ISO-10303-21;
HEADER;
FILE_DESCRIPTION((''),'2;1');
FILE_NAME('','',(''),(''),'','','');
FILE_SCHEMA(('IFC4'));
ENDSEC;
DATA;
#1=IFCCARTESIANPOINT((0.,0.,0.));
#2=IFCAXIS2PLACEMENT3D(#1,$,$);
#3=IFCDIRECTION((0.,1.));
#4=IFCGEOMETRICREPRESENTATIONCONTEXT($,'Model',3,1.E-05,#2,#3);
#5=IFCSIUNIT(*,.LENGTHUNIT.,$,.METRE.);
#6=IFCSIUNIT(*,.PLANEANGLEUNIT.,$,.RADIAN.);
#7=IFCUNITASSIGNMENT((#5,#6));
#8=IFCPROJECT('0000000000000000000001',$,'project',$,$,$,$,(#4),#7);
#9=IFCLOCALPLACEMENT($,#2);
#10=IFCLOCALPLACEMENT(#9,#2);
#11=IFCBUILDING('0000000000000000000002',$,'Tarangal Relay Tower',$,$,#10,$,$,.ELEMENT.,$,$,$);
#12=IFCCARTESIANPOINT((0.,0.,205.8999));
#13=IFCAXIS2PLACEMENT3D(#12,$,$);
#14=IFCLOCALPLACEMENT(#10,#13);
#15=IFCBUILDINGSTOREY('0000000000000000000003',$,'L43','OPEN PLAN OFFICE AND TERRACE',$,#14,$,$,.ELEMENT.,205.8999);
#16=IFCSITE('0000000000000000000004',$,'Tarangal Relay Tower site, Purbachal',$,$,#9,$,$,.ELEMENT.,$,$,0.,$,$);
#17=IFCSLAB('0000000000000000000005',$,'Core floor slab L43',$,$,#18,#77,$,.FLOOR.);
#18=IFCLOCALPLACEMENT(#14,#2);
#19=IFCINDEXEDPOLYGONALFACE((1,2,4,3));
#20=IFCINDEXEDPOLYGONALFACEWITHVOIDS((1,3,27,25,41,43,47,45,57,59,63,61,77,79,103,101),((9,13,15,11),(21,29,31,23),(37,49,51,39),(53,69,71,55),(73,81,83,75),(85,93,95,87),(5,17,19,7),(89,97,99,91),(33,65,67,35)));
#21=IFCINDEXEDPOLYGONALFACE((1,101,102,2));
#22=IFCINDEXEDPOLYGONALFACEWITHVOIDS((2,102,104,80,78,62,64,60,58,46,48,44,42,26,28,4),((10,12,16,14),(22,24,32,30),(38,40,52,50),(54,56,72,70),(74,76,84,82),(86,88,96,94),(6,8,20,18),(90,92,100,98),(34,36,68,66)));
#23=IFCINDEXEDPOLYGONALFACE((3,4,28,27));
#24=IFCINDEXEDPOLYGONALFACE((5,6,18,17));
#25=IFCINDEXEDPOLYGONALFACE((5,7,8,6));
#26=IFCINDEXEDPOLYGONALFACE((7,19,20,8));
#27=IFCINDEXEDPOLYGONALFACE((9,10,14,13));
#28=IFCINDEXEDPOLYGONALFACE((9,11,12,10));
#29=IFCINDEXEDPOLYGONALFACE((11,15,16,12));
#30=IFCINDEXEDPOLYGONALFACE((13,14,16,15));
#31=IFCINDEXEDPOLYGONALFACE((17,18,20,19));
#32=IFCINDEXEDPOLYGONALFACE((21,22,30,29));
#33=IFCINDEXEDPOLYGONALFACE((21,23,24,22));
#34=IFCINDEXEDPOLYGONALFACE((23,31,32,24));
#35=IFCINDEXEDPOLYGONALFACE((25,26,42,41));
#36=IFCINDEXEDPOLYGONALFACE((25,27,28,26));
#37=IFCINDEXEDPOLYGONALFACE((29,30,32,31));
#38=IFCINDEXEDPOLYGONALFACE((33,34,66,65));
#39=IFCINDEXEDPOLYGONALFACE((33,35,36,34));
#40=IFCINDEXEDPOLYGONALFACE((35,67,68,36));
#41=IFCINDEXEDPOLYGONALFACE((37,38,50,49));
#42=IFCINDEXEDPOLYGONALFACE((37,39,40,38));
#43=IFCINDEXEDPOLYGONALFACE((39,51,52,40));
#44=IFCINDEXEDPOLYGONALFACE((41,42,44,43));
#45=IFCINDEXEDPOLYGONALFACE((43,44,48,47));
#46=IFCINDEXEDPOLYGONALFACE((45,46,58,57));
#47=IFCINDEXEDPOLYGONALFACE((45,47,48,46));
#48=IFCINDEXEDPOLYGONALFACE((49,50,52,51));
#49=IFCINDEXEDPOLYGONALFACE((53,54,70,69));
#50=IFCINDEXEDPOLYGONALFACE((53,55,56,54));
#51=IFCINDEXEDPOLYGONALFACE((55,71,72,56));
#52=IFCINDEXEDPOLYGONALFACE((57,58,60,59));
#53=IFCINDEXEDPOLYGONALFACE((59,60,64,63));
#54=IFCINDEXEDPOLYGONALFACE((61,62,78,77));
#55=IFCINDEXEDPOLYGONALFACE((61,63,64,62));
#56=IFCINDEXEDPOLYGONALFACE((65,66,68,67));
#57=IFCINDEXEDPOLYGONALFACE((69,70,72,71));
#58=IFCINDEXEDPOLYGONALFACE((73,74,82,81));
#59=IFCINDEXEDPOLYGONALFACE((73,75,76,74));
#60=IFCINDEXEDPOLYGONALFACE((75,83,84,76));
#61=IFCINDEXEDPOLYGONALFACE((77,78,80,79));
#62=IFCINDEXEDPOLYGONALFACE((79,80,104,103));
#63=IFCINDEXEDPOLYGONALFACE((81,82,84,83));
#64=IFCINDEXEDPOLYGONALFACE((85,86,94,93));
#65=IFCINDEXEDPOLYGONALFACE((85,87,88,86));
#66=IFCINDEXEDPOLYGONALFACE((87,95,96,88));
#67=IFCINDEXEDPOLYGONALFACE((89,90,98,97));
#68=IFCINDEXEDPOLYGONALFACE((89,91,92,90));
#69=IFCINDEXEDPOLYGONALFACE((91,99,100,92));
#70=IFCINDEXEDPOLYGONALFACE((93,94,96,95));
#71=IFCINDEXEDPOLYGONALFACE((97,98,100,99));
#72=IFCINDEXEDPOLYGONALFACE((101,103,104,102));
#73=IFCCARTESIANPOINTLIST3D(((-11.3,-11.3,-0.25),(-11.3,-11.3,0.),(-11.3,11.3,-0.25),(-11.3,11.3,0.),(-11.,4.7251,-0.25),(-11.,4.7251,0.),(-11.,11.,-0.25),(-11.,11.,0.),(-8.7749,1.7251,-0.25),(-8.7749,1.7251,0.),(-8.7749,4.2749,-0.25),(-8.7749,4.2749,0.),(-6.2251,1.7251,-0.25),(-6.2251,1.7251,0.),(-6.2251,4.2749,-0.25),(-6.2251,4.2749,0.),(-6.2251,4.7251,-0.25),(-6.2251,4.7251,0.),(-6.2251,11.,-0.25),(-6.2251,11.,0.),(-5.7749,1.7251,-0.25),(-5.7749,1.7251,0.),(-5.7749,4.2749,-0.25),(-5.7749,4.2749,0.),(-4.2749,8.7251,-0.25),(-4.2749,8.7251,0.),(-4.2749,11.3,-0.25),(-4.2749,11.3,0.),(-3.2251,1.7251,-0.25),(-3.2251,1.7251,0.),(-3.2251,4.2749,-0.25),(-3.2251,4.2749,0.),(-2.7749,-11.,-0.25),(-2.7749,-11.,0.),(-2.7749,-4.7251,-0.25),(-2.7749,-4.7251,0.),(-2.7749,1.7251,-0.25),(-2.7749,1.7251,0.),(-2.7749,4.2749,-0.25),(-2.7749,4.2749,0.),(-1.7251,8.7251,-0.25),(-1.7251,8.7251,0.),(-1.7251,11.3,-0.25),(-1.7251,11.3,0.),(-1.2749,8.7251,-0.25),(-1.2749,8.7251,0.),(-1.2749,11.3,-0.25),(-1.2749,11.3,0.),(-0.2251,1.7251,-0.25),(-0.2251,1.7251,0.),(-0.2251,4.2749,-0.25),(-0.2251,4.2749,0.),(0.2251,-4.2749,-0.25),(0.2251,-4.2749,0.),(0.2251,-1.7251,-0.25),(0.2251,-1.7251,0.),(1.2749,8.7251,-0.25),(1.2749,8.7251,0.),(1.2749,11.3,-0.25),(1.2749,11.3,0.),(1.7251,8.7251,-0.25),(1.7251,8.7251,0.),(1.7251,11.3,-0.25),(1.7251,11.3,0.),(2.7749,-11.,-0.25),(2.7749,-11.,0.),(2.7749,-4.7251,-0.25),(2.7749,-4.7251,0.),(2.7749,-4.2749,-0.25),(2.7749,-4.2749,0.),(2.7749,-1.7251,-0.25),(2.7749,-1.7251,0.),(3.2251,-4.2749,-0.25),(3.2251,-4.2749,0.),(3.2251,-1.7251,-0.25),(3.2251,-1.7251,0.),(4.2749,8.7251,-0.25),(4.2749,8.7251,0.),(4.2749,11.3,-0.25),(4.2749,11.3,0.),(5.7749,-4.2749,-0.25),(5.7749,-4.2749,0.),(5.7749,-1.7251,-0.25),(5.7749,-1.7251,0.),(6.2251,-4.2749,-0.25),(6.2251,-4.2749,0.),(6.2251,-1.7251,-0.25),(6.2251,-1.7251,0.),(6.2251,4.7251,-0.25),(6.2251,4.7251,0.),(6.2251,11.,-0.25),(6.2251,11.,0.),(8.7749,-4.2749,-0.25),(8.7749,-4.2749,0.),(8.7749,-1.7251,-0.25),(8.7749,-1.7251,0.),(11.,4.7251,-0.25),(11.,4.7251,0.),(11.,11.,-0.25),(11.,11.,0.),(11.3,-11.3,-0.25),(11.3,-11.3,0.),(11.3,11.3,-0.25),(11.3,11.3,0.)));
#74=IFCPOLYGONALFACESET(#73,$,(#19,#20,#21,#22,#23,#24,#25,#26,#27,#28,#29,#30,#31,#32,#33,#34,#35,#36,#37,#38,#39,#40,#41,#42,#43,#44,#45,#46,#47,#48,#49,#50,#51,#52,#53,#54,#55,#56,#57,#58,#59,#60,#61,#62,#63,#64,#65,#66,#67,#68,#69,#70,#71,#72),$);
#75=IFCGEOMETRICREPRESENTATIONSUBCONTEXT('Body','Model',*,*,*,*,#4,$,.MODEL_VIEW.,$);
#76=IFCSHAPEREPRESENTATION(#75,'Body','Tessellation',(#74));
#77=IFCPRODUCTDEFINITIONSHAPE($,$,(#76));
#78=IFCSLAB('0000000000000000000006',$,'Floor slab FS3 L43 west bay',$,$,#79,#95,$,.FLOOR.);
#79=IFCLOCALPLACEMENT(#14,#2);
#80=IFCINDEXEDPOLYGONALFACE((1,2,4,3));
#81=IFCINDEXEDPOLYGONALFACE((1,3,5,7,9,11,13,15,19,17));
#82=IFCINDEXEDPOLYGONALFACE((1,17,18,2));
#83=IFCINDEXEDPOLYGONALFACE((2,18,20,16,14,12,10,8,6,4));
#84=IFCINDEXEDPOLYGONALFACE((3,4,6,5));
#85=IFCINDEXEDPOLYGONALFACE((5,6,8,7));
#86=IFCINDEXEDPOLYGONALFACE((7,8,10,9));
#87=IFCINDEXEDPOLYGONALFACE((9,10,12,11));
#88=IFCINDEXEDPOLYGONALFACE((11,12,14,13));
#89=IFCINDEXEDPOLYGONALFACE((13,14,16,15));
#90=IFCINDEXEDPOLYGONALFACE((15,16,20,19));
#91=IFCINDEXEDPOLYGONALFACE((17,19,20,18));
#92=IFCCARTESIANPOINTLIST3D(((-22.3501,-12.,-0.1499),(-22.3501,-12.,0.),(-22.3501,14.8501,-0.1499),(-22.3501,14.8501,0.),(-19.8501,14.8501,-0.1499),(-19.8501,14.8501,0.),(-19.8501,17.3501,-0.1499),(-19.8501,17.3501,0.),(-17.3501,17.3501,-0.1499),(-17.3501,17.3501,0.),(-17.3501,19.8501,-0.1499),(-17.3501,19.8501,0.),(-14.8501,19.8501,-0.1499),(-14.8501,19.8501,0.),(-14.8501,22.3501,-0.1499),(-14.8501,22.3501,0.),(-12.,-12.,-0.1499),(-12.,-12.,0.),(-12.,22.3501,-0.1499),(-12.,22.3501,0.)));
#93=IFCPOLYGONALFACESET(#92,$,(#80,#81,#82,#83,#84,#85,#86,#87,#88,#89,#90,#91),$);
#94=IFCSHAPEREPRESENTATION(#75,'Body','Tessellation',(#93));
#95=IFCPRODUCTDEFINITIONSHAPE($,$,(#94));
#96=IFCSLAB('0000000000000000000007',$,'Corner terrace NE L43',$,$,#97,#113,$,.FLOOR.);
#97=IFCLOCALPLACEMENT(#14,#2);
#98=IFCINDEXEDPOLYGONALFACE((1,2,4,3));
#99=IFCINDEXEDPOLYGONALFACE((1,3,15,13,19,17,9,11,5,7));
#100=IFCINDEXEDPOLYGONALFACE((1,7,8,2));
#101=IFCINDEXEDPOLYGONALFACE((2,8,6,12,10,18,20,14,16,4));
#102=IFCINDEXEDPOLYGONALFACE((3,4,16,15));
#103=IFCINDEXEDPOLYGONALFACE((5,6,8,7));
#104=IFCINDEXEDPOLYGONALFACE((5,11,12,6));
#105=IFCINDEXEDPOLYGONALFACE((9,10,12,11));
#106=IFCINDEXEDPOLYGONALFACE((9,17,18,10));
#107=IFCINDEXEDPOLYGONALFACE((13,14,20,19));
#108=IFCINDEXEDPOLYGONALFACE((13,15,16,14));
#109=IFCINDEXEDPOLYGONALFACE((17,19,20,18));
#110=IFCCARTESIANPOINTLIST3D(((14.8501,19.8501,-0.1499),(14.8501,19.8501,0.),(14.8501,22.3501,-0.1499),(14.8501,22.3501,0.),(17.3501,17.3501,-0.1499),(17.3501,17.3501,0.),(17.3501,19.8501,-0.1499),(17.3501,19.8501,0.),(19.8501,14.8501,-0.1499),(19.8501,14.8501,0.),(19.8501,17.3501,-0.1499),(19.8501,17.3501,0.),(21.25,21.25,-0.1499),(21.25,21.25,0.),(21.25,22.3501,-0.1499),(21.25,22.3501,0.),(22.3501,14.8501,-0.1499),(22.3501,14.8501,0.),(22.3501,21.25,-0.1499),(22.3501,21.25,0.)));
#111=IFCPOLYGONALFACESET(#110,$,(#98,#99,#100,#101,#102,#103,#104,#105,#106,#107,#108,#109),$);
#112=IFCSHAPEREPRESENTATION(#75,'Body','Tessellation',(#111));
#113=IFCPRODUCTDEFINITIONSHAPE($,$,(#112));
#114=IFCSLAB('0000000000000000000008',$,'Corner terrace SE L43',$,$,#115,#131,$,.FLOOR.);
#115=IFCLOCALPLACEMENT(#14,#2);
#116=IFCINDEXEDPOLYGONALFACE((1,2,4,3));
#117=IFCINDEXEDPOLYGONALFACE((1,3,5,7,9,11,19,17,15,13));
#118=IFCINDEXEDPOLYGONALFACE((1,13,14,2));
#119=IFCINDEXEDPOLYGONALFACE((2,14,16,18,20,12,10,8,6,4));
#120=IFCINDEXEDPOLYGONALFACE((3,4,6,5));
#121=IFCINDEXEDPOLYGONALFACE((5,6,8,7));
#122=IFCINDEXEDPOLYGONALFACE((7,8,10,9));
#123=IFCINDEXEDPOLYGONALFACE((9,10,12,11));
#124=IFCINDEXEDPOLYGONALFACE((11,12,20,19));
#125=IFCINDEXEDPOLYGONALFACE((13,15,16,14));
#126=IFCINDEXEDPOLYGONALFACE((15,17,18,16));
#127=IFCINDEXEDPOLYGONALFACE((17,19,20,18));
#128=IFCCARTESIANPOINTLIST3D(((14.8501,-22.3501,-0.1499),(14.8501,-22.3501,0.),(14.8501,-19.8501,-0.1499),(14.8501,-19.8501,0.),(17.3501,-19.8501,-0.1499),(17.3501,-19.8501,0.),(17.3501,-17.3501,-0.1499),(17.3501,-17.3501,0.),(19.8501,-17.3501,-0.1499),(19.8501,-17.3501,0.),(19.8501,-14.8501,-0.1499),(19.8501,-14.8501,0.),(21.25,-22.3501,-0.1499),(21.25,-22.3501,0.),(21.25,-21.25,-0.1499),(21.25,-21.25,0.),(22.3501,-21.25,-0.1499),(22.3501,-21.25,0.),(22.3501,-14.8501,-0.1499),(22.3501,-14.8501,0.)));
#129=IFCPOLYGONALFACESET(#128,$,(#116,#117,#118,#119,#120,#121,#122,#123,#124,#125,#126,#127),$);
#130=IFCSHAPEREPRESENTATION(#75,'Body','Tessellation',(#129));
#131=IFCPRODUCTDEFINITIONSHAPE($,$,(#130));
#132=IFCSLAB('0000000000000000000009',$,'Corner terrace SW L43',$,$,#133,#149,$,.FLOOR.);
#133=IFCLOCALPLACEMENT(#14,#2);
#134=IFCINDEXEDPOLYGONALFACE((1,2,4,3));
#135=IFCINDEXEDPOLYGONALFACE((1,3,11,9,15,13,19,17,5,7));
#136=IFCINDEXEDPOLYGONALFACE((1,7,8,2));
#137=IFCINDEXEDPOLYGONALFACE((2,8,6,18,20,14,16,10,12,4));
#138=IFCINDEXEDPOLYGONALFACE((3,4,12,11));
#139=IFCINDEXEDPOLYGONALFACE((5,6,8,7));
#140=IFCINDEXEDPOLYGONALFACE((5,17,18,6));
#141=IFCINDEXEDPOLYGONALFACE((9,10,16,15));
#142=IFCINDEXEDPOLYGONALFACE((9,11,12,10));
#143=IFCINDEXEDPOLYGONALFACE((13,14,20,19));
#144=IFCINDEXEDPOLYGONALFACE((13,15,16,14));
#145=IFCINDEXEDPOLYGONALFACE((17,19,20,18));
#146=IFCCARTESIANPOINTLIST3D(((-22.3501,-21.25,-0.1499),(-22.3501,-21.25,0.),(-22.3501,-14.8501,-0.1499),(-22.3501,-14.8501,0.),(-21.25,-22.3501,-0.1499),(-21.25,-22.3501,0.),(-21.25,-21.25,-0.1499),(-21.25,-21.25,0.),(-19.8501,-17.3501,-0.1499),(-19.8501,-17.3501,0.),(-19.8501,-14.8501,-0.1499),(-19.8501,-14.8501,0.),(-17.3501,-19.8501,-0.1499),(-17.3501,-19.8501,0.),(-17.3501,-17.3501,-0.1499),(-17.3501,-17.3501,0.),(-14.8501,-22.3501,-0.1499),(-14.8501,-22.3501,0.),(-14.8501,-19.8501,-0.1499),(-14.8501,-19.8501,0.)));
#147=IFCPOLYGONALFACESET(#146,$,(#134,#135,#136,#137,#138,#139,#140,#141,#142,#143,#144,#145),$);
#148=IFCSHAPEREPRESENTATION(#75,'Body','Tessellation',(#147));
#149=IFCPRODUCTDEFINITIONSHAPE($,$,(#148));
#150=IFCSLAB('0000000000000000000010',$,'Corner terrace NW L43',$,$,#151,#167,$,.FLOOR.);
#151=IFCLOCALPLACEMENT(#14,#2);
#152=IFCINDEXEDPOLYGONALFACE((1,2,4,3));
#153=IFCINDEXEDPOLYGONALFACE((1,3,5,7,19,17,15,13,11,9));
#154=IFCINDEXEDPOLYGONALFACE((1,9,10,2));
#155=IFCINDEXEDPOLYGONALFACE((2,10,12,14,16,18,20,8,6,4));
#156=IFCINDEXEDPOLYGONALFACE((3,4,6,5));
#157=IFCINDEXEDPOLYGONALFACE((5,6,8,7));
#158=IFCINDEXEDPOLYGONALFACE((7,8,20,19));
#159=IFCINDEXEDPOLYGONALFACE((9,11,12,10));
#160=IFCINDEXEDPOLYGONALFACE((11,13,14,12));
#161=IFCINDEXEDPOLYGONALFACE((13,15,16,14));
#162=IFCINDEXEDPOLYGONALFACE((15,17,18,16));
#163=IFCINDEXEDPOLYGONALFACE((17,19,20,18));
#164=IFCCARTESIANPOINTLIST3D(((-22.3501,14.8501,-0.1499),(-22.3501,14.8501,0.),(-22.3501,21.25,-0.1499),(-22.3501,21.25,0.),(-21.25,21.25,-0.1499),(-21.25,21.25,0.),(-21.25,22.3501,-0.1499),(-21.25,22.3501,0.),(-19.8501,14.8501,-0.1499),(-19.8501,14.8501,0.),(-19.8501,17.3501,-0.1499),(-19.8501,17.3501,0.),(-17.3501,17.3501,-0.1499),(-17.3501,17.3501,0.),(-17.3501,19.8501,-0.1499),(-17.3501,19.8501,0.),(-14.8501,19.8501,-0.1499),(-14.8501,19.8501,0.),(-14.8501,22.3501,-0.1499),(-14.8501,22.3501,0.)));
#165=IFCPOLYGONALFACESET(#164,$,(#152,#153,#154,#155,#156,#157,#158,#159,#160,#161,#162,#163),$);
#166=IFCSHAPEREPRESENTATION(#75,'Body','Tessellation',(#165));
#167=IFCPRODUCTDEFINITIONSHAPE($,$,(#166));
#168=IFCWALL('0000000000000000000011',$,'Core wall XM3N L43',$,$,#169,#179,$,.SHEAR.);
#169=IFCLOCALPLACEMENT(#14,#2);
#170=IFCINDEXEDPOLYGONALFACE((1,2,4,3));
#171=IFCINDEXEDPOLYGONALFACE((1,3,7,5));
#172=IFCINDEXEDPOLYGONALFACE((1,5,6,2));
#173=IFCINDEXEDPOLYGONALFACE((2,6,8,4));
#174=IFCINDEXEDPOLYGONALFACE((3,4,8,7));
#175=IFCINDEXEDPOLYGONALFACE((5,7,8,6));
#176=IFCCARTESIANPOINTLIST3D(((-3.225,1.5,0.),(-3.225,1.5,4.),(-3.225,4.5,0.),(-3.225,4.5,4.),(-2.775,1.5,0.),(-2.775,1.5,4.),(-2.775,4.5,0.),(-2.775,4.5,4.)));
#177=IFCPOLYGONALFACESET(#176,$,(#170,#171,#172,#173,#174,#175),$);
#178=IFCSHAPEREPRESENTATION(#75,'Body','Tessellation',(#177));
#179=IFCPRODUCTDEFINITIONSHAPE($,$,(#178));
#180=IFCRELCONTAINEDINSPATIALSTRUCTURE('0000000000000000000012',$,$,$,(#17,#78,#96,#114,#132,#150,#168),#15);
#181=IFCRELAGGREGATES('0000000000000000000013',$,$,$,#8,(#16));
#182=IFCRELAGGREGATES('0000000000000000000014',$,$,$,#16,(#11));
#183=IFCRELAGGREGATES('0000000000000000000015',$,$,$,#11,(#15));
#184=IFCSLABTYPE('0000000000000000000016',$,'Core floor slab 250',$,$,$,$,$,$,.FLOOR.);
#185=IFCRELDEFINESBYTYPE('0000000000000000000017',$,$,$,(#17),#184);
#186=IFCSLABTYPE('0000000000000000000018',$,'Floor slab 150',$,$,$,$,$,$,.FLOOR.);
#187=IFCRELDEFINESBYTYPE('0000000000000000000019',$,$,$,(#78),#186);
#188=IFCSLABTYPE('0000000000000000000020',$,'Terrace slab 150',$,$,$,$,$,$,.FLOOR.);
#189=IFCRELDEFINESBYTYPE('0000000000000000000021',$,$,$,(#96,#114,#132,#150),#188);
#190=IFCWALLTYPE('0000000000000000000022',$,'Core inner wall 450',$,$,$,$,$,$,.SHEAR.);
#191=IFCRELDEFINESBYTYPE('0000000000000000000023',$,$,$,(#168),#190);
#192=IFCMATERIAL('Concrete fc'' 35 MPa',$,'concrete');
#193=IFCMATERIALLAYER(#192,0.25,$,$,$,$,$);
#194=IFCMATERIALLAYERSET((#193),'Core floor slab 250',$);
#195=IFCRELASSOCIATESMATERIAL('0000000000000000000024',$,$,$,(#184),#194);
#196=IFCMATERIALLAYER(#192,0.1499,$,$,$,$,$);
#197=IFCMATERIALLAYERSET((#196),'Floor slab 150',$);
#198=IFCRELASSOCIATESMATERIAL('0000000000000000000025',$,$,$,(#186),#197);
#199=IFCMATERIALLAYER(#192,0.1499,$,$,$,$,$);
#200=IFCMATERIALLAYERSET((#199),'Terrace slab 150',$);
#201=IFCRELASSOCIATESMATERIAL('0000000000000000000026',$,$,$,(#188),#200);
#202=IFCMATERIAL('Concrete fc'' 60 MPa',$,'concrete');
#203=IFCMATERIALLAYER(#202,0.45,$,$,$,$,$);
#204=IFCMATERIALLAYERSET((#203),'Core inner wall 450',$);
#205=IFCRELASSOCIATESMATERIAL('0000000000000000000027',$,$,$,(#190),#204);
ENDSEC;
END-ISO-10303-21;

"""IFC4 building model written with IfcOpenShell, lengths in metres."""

from ifc_helpers import new_model, si_unit, direction, frame, frame_2d, origin, place, context, subcontext, project, spatial, polyline, rectangle, outline, extrude, material, layer, layer_set, type_object, element, save


model = new_model("IFC4")

# Units and contexts
model_context = context("Model", 3, precision=1e-05, world=origin(), true_north=direction((0.0, 1.0)))
body_context = subcontext(model_context, "Body", "Model", "MODEL_VIEW")
ifc_project = project(units=[si_unit("LENGTHUNIT", "METRE"), si_unit("PLANEANGLEUNIT", "RADIAN")], contexts=[model_context])

# Site, building, storey
site_placement = place(None, origin())
site = spatial("IfcSite", under=ifc_project, at=site_placement, Name="Tarangal Relay Tower site, Purbachal", CompositionType="ELEMENT", RefElevation=0.0)
building_placement = place(site_placement, origin())
building = spatial("IfcBuilding", under=site, at=building_placement, Name="Tarangal Relay Tower", CompositionType="ELEMENT")
storey_placement = place(building_placement, frame((0.0, 0.0, 205.8999)))
storey = spatial("IfcBuildingStorey", under=building, at=storey_placement, Name="L43", Description="OPEN PLAN OFFICE AND TERRACE", CompositionType="ELEMENT", Elevation=205.8999)

# Slabs
ifc_material_1 = material(Name="Concrete fc' 35 MPa", Category="concrete")
ifc_layer_1 = layer(ifc_material_1, 0.25)
ifc_layer_set_1 = layer_set([ifc_layer_1], Name="Core floor slab 250")
slab_type_1 = type_object("IfcSlabType", Name="Core floor slab 250", PredefinedType="FLOOR", material=ifc_layer_set_1)
slab_1_placement = place(storey_placement, frame((0.0, 0.0, -0.25)))
element("IfcSlab", 1, at=slab_1_placement, inside=storey, type_object=slab_type_1, Name="Core floor slab L43", PredefinedType="FLOOR", context=body_context, shape_type="SweptSolid", body=[
    extrude(outline(polyline([(11.3, 11.3), (11.3, -11.3), (-11.3, -11.3), (-11.3, 11.3), (-4.2749, 11.3), (-4.2749, 8.7251), (-1.7251, 8.7251), (-1.7251, 11.3), (-1.2749, 11.3), (-1.2749, 8.7251), (1.2749, 8.7251), (1.2749, 11.3), (1.7251, 11.3), (1.7251, 8.7251), (4.2749, 8.7251), (4.2749, 11.3), (11.3, 11.3)]), holes=[polyline([(-6.2251, 4.2749), (-8.7749, 4.2749), (-8.7749, 1.7251), (-6.2251, 1.7251), (-6.2251, 4.2749)]), polyline([(-3.2251, 1.7251), (-3.2251, 4.2749), (-5.7749, 4.2749), (-5.7749, 1.7251), (-3.2251, 1.7251)]), polyline([(-0.2251, 1.7251), (-0.2251, 4.2749), (-2.7749, 4.2749), (-2.7749, 1.7251), (-0.2251, 1.7251)]), polyline([(-6.2251, 11.0), (-11.0, 11.0), (-11.0, 4.7251), (-6.2251, 4.7251), (-6.2251, 11.0)]), polyline([(2.7749, -4.7251), (-2.7749, -4.7251), (-2.7749, -11.0), (2.7749, -11.0), (2.7749, -4.7251)]), polyline([(2.7749, -4.2749), (2.7749, -1.7251), (0.2251, -1.7251), (0.2251, -4.2749), (2.7749, -4.2749)]), polyline([(5.7749, -4.2749), (5.7749, -1.7251), (3.2251, -1.7251), (3.2251, -4.2749), (5.7749, -4.2749)]), polyline([(8.7749, -1.7251), (6.2251, -1.7251), (6.2251, -4.2749), (8.7749, -4.2749), (8.7749, -1.7251)]), polyline([(11.0, 4.7251), (11.0, 11.0), (6.2251, 11.0), (6.2251, 4.7251), (11.0, 4.7251)])]), origin(), (0.0, 0.0, 1.0), 0.25),
])
ifc_layer_2 = layer(ifc_material_1, 0.1499)
ifc_layer_set_2 = layer_set([ifc_layer_2], Name="Floor slab 150")
slab_type_2 = type_object("IfcSlabType", Name="Floor slab 150", PredefinedType="FLOOR", material=ifc_layer_set_2)
slab_2_placement = place(storey_placement, frame((0.0, 0.0, -0.1499)))
element("IfcSlab", 2, at=slab_2_placement, inside=storey, type_object=slab_type_2, Name="Floor slab FS3 L43 west bay", PredefinedType="FLOOR", context=body_context, shape_type="SweptSolid", body=[
    extrude(outline(polyline([(-12.0, 22.3501), (-12.0, -12.0), (-22.3501, -12.0), (-22.3501, 14.8501), (-19.8501, 14.8501), (-19.8501, 17.3501), (-17.3501, 17.3501), (-17.3501, 19.8501), (-14.8501, 19.8501), (-14.8501, 22.3501), (-12.0, 22.3501)])), origin(), (0.0, 0.0, 1.0), 0.1499),
])
ifc_layer_3 = layer(ifc_material_1, 0.1499)
ifc_layer_set_3 = layer_set([ifc_layer_3], Name="Terrace slab 150")
slab_type_3 = type_object("IfcSlabType", Name="Terrace slab 150", PredefinedType="FLOOR", material=ifc_layer_set_3)
slab_3_placement = place(storey_placement, frame((0.0, 0.0, -0.1499)))
element("IfcSlab", 3, at=slab_3_placement, inside=storey, type_object=slab_type_3, Name="Corner terrace NE L43", PredefinedType="FLOOR", context=body_context, shape_type="SweptSolid", body=[
    extrude(outline(polyline([(14.8501, 22.3501), (14.8501, 19.8501), (17.3501, 19.8501), (17.3501, 17.3501), (19.8501, 17.3501), (19.8501, 14.8501), (22.3501, 14.8501), (22.3501, 21.25), (21.25, 21.25), (21.25, 22.3501), (14.8501, 22.3501)])), origin(), (0.0, 0.0, 1.0), 0.1499),
])
slab_4_placement = place(storey_placement, frame((0.0, 0.0, -0.1499)))
element("IfcSlab", 4, at=slab_4_placement, inside=storey, type_object=slab_type_3, Name="Corner terrace SE L43", PredefinedType="FLOOR", context=body_context, shape_type="SweptSolid", body=[
    extrude(outline(polyline([(22.3501, -14.8501), (19.8501, -14.8501), (19.8501, -17.3501), (17.3501, -17.3501), (17.3501, -19.8501), (14.8501, -19.8501), (14.8501, -22.3501), (21.25, -22.3501), (21.25, -21.25), (22.3501, -21.25), (22.3501, -14.8501)])), origin(), (0.0, 0.0, 1.0), 0.1499),
])
slab_5_placement = place(storey_placement, frame((0.0, 0.0, -0.1499)))
element("IfcSlab", 5, at=slab_5_placement, inside=storey, type_object=slab_type_3, Name="Corner terrace SW L43", PredefinedType="FLOOR", context=body_context, shape_type="SweptSolid", body=[
    extrude(outline(polyline([(-14.8501, -22.3501), (-14.8501, -19.8501), (-17.3501, -19.8501), (-17.3501, -17.3501), (-19.8501, -17.3501), (-19.8501, -14.8501), (-22.3501, -14.8501), (-22.3501, -21.25), (-21.25, -21.25), (-21.25, -22.3501), (-14.8501, -22.3501)])), origin(), (0.0, 0.0, 1.0), 0.1499),
])
slab_6_placement = place(storey_placement, frame((0.0, 0.0, -0.1499)))
element("IfcSlab", 6, at=slab_6_placement, inside=storey, type_object=slab_type_3, Name="Corner terrace NW L43", PredefinedType="FLOOR", context=body_context, shape_type="SweptSolid", body=[
    extrude(outline(polyline([(-22.3501, 14.8501), (-19.8501, 14.8501), (-19.8501, 17.3501), (-17.3501, 17.3501), (-17.3501, 19.8501), (-14.8501, 19.8501), (-14.8501, 22.3501), (-21.25, 22.3501), (-21.25, 21.25), (-22.3501, 21.25), (-22.3501, 14.8501)])), origin(), (0.0, 0.0, 1.0), 0.1499),
])

# Shared definitions
ifc_material_2 = material(Name="Concrete fc' 60 MPa", Category="concrete")
ifc_layer_4 = layer(ifc_material_2, 0.45)
ifc_layer_set_4 = layer_set([ifc_layer_4], Name="Core inner wall 450")
wall_type = type_object("IfcWallType", Name="Core inner wall 450", PredefinedType="SHEAR", material=ifc_layer_set_4)

# Wall
for number, where, z_axis, x_axis, name in (
    (7, (-3.0, 1.5, 0.0), (0.0, 0.0, 1.0), (0.0, 1.0, 0.0), "Core wall XM3N L43"),
):
    element("IfcWall", number, at=place(storey_placement, frame(where, z_axis=z_axis, x_axis=x_axis)), inside=storey, type_object=wall_type, Name=name, PredefinedType="SHEAR", context=body_context, shape_type="SweptSolid", body=[
        extrude(rectangle(XDim=3.0, YDim=0.45, at=frame_2d((1.5, 0.0))), origin(), (0.0, 0.0, 1.0), 4.0),
    ])

save(model, "model.ifc")
